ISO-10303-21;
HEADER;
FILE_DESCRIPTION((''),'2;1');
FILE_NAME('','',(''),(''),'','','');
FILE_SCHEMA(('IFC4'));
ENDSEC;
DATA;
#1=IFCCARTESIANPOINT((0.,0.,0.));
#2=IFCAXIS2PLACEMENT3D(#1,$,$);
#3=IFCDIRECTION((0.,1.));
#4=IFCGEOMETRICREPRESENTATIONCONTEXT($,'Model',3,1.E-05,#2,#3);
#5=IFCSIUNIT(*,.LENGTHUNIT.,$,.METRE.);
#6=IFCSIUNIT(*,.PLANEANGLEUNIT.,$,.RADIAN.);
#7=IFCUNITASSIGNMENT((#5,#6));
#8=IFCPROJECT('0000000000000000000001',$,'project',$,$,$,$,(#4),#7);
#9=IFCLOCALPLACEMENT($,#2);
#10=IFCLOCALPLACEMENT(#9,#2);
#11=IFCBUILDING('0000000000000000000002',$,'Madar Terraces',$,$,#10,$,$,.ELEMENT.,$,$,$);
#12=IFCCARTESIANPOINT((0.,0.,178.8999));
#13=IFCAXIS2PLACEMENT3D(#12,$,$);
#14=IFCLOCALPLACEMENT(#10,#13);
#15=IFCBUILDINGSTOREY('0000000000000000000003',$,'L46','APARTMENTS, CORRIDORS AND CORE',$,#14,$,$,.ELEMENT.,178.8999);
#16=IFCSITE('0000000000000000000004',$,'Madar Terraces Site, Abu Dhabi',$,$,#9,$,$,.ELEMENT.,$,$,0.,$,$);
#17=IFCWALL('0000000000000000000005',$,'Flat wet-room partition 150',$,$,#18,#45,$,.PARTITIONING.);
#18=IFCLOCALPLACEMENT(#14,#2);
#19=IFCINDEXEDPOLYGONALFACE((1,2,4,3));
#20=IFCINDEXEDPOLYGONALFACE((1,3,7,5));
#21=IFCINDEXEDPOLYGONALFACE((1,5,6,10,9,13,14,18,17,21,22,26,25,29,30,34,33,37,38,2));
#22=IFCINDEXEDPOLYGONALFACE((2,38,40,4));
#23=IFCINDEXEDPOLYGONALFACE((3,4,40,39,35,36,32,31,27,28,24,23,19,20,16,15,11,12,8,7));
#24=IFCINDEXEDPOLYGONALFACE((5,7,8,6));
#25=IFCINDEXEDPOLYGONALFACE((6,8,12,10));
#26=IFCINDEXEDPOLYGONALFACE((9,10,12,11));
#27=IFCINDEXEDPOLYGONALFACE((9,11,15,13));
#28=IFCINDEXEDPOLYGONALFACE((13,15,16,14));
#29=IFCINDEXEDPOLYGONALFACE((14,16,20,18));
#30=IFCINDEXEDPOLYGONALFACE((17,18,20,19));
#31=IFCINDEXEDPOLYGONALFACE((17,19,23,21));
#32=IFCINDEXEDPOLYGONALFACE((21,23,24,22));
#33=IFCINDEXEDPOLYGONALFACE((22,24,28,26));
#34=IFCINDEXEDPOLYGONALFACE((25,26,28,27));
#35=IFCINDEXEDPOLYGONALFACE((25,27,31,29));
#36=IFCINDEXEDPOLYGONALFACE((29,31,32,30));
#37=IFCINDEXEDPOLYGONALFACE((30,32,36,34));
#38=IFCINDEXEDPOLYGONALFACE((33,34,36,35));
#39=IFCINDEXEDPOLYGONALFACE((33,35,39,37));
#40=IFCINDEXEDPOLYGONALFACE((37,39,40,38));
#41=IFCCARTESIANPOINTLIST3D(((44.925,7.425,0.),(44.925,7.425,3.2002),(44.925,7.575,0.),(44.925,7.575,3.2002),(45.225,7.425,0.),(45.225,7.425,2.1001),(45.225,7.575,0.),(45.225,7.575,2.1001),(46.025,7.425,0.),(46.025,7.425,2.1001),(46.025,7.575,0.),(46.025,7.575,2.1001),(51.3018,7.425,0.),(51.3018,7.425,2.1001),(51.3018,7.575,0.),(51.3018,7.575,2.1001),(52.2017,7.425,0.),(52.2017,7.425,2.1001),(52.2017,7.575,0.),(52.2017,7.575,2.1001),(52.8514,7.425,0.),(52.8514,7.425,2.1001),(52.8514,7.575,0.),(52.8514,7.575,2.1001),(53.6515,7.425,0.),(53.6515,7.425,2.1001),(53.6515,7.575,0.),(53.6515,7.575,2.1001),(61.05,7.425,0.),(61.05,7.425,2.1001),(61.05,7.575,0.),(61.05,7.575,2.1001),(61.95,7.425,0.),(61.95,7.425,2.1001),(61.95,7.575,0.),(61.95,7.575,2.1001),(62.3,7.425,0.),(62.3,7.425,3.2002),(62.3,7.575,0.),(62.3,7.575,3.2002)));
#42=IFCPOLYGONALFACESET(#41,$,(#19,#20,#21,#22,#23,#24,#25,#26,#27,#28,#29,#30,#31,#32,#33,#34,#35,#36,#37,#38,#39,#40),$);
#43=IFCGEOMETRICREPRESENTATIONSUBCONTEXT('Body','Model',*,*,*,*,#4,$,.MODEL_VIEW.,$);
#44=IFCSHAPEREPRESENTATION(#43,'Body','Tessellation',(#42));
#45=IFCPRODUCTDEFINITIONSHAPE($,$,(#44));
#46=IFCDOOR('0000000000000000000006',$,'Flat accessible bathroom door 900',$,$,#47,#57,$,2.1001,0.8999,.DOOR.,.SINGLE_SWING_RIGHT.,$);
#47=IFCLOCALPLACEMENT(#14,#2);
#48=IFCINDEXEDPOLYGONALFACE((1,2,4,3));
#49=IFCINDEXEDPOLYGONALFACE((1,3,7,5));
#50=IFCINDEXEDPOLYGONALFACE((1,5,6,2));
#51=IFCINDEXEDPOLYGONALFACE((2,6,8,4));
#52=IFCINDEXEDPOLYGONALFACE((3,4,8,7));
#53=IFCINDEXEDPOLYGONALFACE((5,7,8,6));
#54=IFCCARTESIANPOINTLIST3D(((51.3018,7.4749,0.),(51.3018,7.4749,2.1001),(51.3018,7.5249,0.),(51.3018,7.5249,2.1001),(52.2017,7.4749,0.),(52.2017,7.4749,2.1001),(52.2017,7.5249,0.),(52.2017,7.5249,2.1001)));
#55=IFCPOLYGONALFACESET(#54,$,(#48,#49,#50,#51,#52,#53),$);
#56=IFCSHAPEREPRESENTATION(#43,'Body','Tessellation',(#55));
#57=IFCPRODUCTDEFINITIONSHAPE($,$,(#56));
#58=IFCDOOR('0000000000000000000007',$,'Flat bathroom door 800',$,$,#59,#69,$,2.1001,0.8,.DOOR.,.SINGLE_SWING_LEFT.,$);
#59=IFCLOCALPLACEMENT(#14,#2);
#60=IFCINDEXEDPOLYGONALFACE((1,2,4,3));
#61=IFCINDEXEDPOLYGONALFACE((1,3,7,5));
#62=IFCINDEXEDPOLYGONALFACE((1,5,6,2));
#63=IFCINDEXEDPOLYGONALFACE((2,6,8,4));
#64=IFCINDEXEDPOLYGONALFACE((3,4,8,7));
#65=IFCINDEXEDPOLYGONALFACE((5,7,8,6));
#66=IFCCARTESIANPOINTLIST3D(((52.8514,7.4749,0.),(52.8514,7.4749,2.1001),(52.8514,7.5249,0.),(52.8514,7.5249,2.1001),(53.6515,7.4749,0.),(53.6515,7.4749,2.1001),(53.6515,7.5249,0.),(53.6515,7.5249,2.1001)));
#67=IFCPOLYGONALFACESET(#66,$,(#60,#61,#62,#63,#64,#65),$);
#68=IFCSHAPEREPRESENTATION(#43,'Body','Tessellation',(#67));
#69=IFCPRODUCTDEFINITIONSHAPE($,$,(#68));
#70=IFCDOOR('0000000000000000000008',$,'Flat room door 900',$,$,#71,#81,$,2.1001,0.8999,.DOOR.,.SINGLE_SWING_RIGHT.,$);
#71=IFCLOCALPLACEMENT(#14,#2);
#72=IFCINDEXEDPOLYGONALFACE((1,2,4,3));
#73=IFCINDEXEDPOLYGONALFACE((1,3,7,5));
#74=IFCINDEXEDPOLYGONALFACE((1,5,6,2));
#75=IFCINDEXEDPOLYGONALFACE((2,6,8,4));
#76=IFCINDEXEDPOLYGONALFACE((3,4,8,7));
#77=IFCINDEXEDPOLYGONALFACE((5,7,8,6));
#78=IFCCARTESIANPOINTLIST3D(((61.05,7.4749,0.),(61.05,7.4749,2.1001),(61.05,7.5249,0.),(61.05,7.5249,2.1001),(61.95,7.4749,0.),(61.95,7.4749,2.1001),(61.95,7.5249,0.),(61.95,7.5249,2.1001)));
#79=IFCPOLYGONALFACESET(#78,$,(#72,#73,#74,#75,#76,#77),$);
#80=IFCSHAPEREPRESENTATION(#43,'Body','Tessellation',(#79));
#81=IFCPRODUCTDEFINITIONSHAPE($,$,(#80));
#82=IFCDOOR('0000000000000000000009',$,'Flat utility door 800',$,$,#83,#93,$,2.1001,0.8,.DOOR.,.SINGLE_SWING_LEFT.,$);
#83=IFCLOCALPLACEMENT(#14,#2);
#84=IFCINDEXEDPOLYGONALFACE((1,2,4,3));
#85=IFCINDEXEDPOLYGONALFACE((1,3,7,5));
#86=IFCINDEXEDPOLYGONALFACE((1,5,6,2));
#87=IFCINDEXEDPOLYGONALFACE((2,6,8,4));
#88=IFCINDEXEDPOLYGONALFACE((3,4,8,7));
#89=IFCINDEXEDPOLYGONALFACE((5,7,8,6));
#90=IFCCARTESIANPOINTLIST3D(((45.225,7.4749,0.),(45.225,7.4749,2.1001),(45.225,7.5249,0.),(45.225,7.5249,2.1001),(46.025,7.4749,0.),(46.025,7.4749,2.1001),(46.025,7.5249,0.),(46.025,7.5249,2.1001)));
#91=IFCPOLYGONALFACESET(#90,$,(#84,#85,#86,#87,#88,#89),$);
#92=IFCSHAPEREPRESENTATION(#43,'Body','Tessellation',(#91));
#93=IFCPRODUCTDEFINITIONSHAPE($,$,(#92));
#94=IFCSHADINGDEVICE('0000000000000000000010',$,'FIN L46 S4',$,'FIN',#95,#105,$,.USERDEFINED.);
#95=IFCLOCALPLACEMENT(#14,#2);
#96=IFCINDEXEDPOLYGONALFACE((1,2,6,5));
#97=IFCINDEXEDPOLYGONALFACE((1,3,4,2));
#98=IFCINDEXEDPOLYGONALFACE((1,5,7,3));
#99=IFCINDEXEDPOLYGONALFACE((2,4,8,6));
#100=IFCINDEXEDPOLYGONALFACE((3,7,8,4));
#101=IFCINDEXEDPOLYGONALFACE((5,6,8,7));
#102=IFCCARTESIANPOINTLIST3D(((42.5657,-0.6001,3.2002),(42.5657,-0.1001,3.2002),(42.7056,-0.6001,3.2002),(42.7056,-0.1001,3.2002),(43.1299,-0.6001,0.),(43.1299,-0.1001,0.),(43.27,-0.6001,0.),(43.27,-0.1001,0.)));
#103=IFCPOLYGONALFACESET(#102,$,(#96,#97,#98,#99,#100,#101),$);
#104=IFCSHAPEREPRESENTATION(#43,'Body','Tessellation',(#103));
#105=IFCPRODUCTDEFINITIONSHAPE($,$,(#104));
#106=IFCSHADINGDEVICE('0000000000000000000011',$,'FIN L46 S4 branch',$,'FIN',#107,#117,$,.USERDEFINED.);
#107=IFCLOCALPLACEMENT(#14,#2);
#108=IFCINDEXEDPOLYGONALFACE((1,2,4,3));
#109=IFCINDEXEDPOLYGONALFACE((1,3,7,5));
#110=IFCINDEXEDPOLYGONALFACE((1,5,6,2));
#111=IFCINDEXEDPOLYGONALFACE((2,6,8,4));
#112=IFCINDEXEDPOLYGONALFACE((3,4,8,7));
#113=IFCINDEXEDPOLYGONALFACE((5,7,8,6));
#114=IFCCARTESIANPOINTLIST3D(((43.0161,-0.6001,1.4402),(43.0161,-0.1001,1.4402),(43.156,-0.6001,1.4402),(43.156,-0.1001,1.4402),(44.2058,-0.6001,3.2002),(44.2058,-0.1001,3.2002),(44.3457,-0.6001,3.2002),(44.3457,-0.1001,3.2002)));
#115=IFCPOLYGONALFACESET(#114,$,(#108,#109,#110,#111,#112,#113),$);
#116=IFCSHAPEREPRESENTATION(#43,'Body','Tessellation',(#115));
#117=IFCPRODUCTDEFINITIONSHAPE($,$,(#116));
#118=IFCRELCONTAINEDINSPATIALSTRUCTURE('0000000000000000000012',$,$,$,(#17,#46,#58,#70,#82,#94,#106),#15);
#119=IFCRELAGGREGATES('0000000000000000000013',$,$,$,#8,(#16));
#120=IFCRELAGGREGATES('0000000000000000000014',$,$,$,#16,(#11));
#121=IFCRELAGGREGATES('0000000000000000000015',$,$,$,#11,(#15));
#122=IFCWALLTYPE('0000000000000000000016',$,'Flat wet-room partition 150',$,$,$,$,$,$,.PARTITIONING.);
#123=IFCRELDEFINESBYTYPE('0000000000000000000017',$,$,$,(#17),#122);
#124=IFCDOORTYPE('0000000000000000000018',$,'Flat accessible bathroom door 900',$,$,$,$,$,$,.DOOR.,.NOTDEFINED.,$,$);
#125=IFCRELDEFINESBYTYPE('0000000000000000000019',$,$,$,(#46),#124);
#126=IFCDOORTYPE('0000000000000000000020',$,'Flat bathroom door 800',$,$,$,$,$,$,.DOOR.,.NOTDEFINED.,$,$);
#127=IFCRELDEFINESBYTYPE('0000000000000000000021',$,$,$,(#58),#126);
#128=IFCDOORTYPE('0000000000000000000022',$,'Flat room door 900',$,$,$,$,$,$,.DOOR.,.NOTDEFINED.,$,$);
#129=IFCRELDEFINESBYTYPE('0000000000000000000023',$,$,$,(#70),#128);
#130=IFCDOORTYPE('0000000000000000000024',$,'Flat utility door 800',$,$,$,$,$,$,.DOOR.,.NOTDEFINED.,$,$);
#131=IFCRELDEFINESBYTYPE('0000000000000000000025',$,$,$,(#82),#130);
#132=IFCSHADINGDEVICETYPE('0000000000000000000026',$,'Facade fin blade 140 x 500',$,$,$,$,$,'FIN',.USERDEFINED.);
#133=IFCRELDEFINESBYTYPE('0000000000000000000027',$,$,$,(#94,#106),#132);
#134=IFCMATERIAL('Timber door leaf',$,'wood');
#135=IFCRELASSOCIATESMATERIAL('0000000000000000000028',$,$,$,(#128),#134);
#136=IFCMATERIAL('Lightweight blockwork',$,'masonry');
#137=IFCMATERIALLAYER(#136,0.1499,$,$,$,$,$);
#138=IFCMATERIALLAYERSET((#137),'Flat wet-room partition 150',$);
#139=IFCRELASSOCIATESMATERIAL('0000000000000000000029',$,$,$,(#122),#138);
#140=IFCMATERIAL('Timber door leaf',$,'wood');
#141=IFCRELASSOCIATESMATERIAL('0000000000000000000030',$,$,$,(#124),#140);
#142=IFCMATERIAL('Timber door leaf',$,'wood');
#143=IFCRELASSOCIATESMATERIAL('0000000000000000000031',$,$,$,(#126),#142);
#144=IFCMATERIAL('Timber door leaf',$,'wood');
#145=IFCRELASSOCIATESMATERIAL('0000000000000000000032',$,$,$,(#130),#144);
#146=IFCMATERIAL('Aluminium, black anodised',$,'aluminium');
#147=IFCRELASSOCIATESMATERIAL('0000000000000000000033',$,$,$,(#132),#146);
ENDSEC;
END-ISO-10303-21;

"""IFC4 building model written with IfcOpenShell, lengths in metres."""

from ifc_helpers import new_model, si_unit, direction, frame, frame_2d, origin, place, context, subcontext, project, spatial, polyline, rectangle, outline, extrude, material, layer, layer_set, type_object, element, fill, save


model = new_model("IFC4")

# Units and contexts
model_context = context("Model", 3, precision=1e-05, world=origin(), true_north=direction((0.0, 1.0)))
body_context = subcontext(model_context, "Body", "Model", "MODEL_VIEW")
ifc_project = project(units=[si_unit("LENGTHUNIT", "METRE"), si_unit("PLANEANGLEUNIT", "RADIAN")], contexts=[model_context])

# Site, building, storey
site_placement = place(None, origin())
site = spatial("IfcSite", under=ifc_project, at=site_placement, Name="Madar Terraces Site, Abu Dhabi", CompositionType="ELEMENT", RefElevation=0.0)
building_placement = place(site_placement, origin())
building = spatial("IfcBuilding", under=site, at=building_placement, Name="Madar Terraces", CompositionType="ELEMENT")
storey_placement = place(building_placement, frame((0.0, 0.0, 178.8999)))
storey = spatial("IfcBuildingStorey", under=building, at=storey_placement, Name="L46", Description="APARTMENTS, CORRIDORS AND CORE", CompositionType="ELEMENT", Elevation=178.8999)

# Shared definitions
ifc_material_1 = material(Name="Timber door leaf", Category="wood")
door_type_1 = type_object("IfcDoorType", Name="Flat room door 900", OperationType="NOTDEFINED", PredefinedType="DOOR", material=ifc_material_1)

# Wall, openings, doors
ifc_material_2 = material(Name="Lightweight blockwork", Category="masonry")
ifc_layer_1 = layer(ifc_material_2, 0.1499)
ifc_layer_set_1 = layer_set([ifc_layer_1], Name="Flat wet-room partition 150")
wall_type_1 = type_object("IfcWallType", Name="Flat wet-room partition 150", PredefinedType="PARTITIONING", material=ifc_layer_set_1)
wall_1_placement = place(storey_placement, frame((44.925, 7.5, 0.0), z_axis=(0.0, 0.0, 1.0), x_axis=(1.0, 0.0, 0.0)))
wall_1 = element("IfcWall", 1, at=wall_1_placement, inside=storey, type_object=wall_type_1, Name="Flat wet-room partition 150", PredefinedType="PARTITIONING", context=body_context, shape_type="SweptSolid", body=[
    extrude(rectangle(XDim=17.375, YDim=0.1499, at=frame_2d((8.6875, 0.0))), origin(), (0.0, 0.0, 1.0), 3.2002),
])
opening_1_placement = place(wall_1_placement, frame((0.3, 0.0, 0.0)))
opening_1 = element("IfcOpeningElement", 2, at=opening_1_placement, cuts=wall_1, PredefinedType="OPENING", context=body_context, shape_type="SweptSolid", body=[
    extrude(rectangle(XDim=0.8, YDim=2.1001, at=frame_2d((0.3999, 1.05))), frame((0.0, 0.085, 0.0), z_axis=(0.0, -1.0, 0.0), x_axis=(1.0, 0.0, 0.0)), (0.0, 0.0, 1.0), 0.1699),
])
opening_2_placement = place(wall_1_placement, frame((6.3767, 0.0, 0.0)))
opening_2 = element("IfcOpeningElement", 3, at=opening_2_placement, cuts=wall_1, PredefinedType="OPENING", context=body_context, shape_type="SweptSolid", body=[
    extrude(rectangle(XDim=0.8999, YDim=2.1001, at=frame_2d((0.45, 1.05))), frame((0.0, 0.085, 0.0), z_axis=(0.0, -1.0, 0.0), x_axis=(1.0, 0.0, 0.0)), (0.0, 0.0, 1.0), 0.1699),
])
opening_3_placement = place(wall_1_placement, frame((7.9265, 0.0, 0.0)))
opening_3 = element("IfcOpeningElement", 4, at=opening_3_placement, cuts=wall_1, PredefinedType="OPENING", context=body_context, shape_type="SweptSolid", body=[
    extrude(rectangle(XDim=0.8, YDim=2.1001, at=frame_2d((0.3999, 1.05))), frame((0.0, 0.085, 0.0), z_axis=(0.0, -1.0, 0.0), x_axis=(1.0, 0.0, 0.0)), (0.0, 0.0, 1.0), 0.1699),
])
opening_4_placement = place(wall_1_placement, frame((16.125, 0.0, 0.0)))
opening_4 = element("IfcOpeningElement", 5, at=opening_4_placement, cuts=wall_1, PredefinedType="OPENING", context=body_context, shape_type="SweptSolid", body=[
    extrude(rectangle(XDim=0.8999, YDim=2.1001, at=frame_2d((0.45, 1.05))), frame((0.0, 0.085, 0.0), z_axis=(0.0, -1.0, 0.0), x_axis=(1.0, 0.0, 0.0)), (0.0, 0.0, 1.0), 0.1699),
])
ifc_material_3 = material(Name="Timber door leaf", Category="wood")
door_type_2 = type_object("IfcDoorType", Name="Flat accessible bathroom door 900", OperationType="NOTDEFINED", PredefinedType="DOOR", material=ifc_material_3)
door_1_placement = place(opening_2_placement, origin())
door_1 = element("IfcDoor", 6, at=door_1_placement, inside=storey, type_object=door_type_2, Name="Flat accessible bathroom door 900", OperationType="SINGLE_SWING_RIGHT", OverallHeight=2.1001, OverallWidth=0.8999, PredefinedType="DOOR", context=body_context, shape_type="SweptSolid", body=[
    extrude(rectangle(XDim=0.8999, YDim=2.1001, at=frame_2d((0.45, 1.05))), frame((0.0, 0.0249, 0.0), z_axis=(0.0, -1.0, 0.0), x_axis=(1.0, 0.0, 0.0)), (0.0, 0.0, 1.0), 0.05),
])
fill(opening_2, door_1)
ifc_material_4 = material(Name="Timber door leaf", Category="wood")
door_type_3 = type_object("IfcDoorType", Name="Flat bathroom door 800", OperationType="NOTDEFINED", PredefinedType="DOOR", material=ifc_material_4)
door_2_placement = place(opening_3_placement, origin())
door_2 = element("IfcDoor", 7, at=door_2_placement, inside=storey, type_object=door_type_3, Name="Flat bathroom door 800", OperationType="SINGLE_SWING_LEFT", OverallHeight=2.1001, OverallWidth=0.8, PredefinedType="DOOR", context=body_context, shape_type="SweptSolid", body=[
    extrude(rectangle(XDim=0.8, YDim=2.1001, at=frame_2d((0.3999, 1.05))), frame((0.0, 0.0249, 0.0), z_axis=(0.0, -1.0, 0.0), x_axis=(1.0, 0.0, 0.0)), (0.0, 0.0, 1.0), 0.05),
])
fill(opening_3, door_2)
door_3_placement = place(opening_4_placement, origin())
door_3 = element("IfcDoor", 8, at=door_3_placement, inside=storey, type_object=door_type_1, Name="Flat room door 900", OperationType="SINGLE_SWING_RIGHT", OverallHeight=2.1001, OverallWidth=0.8999, PredefinedType="DOOR", context=body_context, shape_type="SweptSolid", body=[
    extrude(rectangle(XDim=0.8999, YDim=2.1001, at=frame_2d((0.45, 1.05))), frame((0.0, 0.0249, 0.0), z_axis=(0.0, -1.0, 0.0), x_axis=(1.0, 0.0, 0.0)), (0.0, 0.0, 1.0), 0.05),
])
fill(opening_4, door_3)
ifc_material_5 = material(Name="Timber door leaf", Category="wood")
door_type_4 = type_object("IfcDoorType", Name="Flat utility door 800", OperationType="NOTDEFINED", PredefinedType="DOOR", material=ifc_material_5)
door_4_placement = place(opening_1_placement, origin())
door_4 = element("IfcDoor", 9, at=door_4_placement, inside=storey, type_object=door_type_4, Name="Flat utility door 800", OperationType="SINGLE_SWING_LEFT", OverallHeight=2.1001, OverallWidth=0.8, PredefinedType="DOOR", context=body_context, shape_type="SweptSolid", body=[
    extrude(rectangle(XDim=0.8, YDim=2.1001, at=frame_2d((0.3999, 1.05))), frame((0.0, 0.0249, 0.0), z_axis=(0.0, -1.0, 0.0), x_axis=(1.0, 0.0, 0.0)), (0.0, 0.0, 1.0), 0.05),
])
fill(opening_1, door_4)

# Shading devices
ifc_material_6 = material(Name="Aluminium, black anodised", Category="aluminium")
shading_device_type = type_object("IfcShadingDeviceType", Name="Facade fin blade 140 x 500", ElementType="FIN", PredefinedType="USERDEFINED", material=ifc_material_6)
shading_device_1_placement = place(storey_placement, frame((43.1299, -0.3501, 0.0), z_axis=(0.0, 0.0, 1.0), x_axis=(1.0, 0.0, 0.0)))
element("IfcShadingDevice", 10, at=shading_device_1_placement, inside=storey, type_object=shading_device_type, Name="FIN L46 S4", ObjectType="FIN", PredefinedType="USERDEFINED", context=body_context, shape_type="SweptSolid", body=[
    extrude(outline(polyline([(0.0, 0.0), (0.1401, 0.0), (-0.4243, 3.2002), (-0.5642, 3.2002), (0.0, 0.0)])), frame((0.0, 0.25, 0.0), z_axis=(0.0, -1.0, 0.0), x_axis=(1.0, 0.0, 0.0)), (0.0, 0.0, 1.0), 0.5),
])
shading_device_2_placement = place(storey_placement, frame((43.0161, -0.3501, 1.4402), z_axis=(0.0, 0.0, 1.0), x_axis=(1.0, 0.0, 0.0)))
element("IfcShadingDevice", 11, at=shading_device_2_placement, inside=storey, type_object=shading_device_type, Name="FIN L46 S4 branch", ObjectType="FIN", PredefinedType="USERDEFINED", context=body_context, shape_type="SweptSolid", body=[
    extrude(outline(polyline([(0.0, 0.0), (0.1399, 0.0), (1.3296, 1.76), (1.1897, 1.76), (0.0, 0.0)])), frame((0.0, 0.25, 0.0), z_axis=(0.0, -1.0, 0.0), x_axis=(1.0, 0.0, 0.0)), (0.0, 0.0, 1.0), 0.5),
])

save(model, "model.ifc")
